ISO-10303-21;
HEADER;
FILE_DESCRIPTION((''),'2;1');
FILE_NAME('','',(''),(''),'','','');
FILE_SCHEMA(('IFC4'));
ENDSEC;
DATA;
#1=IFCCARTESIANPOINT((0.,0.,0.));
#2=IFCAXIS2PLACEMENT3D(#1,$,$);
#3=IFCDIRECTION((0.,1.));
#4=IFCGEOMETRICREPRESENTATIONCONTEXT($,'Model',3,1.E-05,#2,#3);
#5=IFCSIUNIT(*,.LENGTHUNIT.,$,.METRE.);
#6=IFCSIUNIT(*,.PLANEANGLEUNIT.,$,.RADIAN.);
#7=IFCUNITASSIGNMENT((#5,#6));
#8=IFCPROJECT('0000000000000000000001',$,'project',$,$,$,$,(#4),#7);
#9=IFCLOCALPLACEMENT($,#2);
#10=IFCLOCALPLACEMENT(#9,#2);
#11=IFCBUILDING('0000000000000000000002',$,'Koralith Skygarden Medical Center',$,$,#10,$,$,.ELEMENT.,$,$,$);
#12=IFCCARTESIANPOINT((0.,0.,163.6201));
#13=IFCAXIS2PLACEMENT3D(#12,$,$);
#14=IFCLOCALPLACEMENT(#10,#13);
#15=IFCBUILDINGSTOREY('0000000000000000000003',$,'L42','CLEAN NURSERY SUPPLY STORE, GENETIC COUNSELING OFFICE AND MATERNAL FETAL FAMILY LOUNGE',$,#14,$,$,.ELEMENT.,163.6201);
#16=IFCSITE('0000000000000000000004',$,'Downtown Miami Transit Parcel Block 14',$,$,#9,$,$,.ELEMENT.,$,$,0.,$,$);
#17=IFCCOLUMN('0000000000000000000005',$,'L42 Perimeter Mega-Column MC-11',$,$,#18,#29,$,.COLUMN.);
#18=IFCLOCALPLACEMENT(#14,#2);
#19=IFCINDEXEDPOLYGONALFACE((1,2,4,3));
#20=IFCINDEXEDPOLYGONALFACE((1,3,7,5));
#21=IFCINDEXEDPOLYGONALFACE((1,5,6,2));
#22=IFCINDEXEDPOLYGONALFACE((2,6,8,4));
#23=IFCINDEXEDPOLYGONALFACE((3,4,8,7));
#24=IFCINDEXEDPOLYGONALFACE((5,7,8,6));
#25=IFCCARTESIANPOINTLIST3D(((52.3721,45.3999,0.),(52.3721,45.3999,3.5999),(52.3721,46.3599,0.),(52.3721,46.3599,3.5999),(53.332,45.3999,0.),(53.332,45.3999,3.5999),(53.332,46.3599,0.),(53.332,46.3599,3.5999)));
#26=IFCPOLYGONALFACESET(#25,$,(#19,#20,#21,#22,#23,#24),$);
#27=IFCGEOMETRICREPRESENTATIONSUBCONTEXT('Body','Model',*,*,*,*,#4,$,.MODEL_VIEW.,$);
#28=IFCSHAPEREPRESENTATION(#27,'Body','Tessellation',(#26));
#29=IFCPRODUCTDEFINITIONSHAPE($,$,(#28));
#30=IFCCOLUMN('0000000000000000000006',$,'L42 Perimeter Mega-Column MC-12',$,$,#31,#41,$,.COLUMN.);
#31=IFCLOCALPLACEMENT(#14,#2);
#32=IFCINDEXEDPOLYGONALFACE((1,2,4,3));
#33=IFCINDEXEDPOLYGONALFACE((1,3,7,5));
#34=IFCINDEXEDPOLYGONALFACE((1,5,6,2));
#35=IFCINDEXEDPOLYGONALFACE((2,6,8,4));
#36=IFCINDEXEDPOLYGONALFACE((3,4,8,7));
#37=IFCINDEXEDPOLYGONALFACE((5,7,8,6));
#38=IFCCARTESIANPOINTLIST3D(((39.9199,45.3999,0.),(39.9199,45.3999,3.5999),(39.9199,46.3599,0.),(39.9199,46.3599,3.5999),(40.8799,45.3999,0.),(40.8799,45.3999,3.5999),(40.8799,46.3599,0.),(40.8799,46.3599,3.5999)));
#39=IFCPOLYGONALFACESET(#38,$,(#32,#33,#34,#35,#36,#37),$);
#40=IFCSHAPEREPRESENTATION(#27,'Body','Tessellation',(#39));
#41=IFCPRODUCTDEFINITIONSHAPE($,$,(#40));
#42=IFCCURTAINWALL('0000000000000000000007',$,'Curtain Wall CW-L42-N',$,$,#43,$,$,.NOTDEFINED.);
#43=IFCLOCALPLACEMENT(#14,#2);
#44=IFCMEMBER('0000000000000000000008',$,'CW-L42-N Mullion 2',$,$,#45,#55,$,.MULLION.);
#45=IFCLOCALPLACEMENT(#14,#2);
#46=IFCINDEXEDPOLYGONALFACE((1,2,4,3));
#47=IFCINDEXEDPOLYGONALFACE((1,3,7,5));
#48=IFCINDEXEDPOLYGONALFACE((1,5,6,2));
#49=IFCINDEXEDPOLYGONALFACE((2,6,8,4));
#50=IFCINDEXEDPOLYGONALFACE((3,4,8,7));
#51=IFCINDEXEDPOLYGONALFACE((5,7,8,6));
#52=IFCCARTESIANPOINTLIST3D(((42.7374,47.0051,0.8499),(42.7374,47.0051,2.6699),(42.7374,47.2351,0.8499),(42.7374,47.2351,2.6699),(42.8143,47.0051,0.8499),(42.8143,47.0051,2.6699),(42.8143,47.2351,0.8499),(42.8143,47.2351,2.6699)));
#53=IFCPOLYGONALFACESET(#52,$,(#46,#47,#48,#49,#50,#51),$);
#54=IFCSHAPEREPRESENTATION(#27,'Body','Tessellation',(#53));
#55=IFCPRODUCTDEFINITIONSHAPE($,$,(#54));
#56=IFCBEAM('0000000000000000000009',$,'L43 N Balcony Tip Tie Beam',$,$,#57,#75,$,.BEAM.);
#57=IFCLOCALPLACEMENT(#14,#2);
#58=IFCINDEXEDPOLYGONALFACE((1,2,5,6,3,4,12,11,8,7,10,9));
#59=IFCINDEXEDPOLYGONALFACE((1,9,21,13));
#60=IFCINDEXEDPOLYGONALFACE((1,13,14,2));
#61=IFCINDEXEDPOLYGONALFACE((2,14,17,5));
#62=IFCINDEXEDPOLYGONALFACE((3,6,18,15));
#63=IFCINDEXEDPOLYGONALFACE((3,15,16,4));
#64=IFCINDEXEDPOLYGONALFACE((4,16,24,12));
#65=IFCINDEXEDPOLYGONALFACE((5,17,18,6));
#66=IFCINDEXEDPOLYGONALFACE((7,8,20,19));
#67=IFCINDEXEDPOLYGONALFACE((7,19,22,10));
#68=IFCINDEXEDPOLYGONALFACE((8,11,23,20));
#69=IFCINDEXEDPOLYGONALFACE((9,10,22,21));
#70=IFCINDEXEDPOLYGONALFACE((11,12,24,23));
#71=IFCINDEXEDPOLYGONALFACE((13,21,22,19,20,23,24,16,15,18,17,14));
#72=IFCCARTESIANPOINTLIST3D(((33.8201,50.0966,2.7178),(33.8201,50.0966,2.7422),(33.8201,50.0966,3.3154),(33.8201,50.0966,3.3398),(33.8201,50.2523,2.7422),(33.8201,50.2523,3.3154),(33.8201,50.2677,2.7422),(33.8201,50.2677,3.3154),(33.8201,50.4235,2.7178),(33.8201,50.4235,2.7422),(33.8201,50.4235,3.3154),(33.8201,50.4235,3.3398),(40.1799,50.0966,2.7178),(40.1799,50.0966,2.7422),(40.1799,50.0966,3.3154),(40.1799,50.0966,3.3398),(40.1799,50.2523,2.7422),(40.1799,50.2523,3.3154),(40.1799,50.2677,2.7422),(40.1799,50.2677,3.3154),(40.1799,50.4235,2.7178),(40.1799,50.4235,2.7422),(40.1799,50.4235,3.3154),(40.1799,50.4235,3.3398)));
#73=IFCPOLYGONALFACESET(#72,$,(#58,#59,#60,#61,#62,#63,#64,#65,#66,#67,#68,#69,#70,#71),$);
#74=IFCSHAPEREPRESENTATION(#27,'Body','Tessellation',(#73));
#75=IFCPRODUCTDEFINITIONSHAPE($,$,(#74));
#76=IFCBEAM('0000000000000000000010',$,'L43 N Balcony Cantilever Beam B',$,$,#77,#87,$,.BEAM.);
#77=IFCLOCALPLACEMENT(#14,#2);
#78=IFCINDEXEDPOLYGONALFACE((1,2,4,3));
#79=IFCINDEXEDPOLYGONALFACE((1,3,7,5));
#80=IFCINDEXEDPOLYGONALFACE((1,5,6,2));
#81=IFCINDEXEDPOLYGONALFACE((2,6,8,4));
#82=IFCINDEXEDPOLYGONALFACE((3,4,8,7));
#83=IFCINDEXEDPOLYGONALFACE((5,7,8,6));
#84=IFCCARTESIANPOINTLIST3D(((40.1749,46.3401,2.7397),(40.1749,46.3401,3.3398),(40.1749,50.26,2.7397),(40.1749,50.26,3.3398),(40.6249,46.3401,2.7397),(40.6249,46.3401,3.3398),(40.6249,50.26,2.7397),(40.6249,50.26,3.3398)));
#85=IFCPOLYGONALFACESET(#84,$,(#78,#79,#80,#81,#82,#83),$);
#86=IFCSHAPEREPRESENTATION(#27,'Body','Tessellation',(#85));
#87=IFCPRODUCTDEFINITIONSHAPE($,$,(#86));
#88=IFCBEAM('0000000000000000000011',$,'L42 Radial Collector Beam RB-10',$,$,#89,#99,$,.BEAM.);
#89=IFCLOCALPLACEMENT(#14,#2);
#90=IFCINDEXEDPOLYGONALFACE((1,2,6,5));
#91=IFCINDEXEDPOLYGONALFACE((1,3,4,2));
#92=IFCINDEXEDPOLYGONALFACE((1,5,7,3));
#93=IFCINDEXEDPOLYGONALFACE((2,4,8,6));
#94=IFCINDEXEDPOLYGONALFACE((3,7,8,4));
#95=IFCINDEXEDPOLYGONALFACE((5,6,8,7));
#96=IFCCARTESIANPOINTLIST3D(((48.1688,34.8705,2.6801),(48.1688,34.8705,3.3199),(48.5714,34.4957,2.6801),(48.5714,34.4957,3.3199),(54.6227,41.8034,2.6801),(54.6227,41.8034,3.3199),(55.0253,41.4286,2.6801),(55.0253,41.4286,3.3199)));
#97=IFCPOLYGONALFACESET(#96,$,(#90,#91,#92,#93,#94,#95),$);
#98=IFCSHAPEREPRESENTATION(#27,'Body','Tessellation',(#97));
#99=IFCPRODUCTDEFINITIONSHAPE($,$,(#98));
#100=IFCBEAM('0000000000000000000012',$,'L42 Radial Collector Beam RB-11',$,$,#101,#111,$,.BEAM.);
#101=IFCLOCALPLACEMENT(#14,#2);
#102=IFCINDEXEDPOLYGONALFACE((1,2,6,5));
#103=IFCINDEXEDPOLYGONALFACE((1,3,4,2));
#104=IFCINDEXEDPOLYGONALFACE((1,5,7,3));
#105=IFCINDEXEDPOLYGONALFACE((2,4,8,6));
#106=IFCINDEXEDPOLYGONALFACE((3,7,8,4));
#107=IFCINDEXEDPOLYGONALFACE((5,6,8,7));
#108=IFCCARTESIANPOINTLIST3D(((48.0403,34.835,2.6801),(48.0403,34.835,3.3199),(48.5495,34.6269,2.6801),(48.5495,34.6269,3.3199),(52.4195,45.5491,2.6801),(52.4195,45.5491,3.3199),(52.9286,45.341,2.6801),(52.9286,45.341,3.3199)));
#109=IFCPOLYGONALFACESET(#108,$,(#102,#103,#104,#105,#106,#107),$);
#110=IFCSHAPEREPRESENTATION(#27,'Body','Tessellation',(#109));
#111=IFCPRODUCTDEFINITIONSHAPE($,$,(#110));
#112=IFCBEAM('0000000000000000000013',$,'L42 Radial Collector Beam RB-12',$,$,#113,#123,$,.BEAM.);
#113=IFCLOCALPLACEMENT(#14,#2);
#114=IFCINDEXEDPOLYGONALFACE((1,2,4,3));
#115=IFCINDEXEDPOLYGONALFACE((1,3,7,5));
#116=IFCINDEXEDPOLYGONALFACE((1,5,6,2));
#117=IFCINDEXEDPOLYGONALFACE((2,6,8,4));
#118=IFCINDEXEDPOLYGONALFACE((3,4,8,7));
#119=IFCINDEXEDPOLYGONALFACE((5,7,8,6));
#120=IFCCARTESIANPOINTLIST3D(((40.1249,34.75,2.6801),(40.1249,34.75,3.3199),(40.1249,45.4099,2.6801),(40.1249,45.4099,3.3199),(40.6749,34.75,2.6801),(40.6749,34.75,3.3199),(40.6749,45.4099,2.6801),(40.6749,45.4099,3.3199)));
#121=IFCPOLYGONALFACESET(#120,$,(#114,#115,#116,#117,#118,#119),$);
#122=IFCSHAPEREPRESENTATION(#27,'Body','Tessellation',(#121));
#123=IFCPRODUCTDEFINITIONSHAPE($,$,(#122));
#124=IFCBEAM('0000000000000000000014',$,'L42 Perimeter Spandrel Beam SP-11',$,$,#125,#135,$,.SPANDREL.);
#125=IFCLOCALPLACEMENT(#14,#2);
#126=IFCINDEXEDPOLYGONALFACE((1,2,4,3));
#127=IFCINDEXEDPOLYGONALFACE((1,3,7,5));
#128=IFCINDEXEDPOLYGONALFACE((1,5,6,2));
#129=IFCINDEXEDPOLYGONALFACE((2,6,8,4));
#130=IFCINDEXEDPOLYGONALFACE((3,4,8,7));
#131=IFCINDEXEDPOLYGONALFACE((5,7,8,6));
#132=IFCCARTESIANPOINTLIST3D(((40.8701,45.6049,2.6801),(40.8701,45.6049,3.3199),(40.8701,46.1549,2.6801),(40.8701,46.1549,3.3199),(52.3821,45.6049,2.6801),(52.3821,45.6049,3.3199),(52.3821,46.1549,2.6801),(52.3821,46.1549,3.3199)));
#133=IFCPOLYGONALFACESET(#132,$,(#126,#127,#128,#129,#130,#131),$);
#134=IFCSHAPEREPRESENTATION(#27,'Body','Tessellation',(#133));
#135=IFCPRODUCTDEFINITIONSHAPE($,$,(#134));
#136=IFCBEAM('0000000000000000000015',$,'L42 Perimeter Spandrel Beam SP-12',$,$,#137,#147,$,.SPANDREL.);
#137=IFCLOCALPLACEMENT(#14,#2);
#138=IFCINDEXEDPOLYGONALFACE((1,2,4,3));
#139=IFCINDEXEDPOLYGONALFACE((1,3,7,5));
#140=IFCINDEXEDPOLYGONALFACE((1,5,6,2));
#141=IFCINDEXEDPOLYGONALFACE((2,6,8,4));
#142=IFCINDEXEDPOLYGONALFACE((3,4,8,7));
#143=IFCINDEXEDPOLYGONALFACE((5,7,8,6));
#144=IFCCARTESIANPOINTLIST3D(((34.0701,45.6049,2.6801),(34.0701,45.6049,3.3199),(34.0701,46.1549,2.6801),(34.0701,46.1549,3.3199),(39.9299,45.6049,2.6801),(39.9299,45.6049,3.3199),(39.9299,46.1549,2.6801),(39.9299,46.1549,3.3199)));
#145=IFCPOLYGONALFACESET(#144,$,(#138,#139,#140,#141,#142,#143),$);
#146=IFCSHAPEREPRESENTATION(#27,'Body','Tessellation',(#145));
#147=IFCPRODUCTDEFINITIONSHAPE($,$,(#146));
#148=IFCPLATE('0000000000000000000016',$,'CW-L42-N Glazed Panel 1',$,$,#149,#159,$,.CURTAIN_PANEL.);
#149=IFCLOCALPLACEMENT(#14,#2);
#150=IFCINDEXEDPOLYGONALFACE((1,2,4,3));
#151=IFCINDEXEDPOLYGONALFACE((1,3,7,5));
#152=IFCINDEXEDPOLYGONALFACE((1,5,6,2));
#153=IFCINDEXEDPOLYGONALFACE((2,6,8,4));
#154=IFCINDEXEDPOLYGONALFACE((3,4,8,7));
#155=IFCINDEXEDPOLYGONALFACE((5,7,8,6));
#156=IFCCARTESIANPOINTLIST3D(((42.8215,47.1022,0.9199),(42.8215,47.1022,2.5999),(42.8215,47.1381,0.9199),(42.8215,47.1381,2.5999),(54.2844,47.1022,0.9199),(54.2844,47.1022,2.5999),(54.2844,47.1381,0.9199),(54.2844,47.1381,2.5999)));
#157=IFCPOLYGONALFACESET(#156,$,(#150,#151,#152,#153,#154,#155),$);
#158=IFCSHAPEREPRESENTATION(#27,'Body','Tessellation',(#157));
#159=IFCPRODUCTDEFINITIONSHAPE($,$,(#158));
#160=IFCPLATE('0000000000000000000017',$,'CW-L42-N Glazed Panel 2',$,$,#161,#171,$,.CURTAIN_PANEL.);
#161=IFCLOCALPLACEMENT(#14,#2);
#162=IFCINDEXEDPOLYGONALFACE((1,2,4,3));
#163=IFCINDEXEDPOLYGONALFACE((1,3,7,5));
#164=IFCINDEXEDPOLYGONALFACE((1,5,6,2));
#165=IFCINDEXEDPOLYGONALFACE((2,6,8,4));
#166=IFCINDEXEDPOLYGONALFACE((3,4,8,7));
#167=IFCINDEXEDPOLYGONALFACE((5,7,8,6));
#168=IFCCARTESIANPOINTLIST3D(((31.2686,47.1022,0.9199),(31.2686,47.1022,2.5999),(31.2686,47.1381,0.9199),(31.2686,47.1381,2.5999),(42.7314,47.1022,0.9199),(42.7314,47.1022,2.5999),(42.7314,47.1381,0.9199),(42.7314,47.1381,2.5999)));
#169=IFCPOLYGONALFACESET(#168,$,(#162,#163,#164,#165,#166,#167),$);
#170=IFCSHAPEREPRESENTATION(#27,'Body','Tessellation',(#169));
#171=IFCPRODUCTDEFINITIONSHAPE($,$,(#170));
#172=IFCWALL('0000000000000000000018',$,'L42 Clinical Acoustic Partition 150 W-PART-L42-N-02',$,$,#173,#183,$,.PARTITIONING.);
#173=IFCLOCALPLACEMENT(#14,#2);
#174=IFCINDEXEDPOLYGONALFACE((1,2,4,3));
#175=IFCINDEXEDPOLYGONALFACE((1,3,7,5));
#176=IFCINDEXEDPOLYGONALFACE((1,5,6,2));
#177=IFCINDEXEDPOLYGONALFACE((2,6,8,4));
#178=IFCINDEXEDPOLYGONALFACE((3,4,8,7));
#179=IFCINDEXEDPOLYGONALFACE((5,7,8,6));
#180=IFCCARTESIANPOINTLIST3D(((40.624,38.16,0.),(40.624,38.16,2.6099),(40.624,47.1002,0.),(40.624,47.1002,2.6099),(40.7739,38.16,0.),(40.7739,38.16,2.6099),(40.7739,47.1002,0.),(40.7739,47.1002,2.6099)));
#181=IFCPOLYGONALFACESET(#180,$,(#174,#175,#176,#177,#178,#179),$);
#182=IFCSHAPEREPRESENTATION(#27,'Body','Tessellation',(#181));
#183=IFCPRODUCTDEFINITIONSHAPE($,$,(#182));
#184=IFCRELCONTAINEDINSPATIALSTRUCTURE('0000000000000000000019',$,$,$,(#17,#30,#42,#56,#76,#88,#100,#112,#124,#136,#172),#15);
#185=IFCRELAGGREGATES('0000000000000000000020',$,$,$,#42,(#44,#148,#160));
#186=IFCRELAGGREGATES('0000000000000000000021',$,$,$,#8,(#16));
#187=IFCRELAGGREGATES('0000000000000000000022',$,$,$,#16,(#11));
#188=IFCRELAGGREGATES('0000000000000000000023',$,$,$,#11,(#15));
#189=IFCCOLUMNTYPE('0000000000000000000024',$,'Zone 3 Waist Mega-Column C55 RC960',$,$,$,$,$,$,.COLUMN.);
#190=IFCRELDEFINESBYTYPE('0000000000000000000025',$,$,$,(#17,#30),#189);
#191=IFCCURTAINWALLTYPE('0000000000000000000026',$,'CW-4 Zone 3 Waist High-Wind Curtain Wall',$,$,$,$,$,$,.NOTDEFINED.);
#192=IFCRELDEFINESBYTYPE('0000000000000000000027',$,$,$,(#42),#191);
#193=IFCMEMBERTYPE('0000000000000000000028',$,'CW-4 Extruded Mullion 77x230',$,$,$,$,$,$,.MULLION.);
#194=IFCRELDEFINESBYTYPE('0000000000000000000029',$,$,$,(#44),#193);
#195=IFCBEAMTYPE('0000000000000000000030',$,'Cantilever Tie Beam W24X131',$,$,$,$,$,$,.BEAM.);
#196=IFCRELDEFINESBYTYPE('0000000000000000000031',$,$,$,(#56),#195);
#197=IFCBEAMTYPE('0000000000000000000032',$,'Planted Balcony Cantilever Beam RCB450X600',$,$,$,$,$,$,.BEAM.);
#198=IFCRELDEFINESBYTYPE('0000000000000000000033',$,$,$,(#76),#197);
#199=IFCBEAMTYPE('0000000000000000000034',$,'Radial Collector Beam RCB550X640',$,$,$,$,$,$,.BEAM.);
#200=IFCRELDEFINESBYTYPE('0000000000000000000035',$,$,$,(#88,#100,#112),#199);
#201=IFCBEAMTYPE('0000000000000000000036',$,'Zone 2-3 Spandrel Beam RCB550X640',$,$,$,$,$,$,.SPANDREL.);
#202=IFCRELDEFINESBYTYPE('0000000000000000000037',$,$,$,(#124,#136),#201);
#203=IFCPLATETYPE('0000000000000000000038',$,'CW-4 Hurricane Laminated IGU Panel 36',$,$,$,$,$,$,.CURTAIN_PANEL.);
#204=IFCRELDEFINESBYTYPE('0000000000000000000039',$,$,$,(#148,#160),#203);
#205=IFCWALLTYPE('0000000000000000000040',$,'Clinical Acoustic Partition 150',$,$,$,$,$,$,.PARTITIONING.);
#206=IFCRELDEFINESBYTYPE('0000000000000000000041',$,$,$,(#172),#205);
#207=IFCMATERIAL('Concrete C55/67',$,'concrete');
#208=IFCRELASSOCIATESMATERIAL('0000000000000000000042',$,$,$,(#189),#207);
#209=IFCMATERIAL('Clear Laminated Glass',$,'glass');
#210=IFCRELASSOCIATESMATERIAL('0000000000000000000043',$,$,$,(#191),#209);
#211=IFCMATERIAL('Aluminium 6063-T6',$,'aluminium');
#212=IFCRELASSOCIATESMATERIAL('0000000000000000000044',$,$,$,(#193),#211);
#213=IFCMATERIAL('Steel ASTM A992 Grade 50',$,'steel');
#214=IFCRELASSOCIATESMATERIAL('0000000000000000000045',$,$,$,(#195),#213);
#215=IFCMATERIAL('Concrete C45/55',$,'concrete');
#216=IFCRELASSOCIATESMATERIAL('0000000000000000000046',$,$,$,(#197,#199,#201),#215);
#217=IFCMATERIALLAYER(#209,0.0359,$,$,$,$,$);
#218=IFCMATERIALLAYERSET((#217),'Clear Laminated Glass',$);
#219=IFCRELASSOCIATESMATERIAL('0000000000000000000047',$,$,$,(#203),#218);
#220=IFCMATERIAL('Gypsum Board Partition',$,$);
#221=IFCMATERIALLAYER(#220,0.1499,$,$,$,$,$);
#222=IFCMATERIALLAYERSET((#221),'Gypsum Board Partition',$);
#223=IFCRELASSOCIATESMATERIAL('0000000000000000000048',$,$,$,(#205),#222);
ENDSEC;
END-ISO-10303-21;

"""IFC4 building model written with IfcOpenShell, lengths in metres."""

from ifc_helpers import new_model, si_unit, direction, frame, frame_2d, origin, origin_2d, place, context, subcontext, project, spatial, rectangle, i_section, extrude, material, layer, layer_set, material_profile, profile_set, type_object, element, aggregate, save


model = new_model("IFC4")

# Units and contexts
model_context = context("Model", 3, precision=1e-05, world=origin(), true_north=direction((0.0, 1.0)))
body_context = subcontext(model_context, "Body", "Model", "MODEL_VIEW")
ifc_project = project(units=[si_unit("LENGTHUNIT", "METRE"), si_unit("PLANEANGLEUNIT", "RADIAN")], contexts=[model_context])

# Site, building, storey
site_placement = place(None, origin())
site = spatial("IfcSite", under=ifc_project, at=site_placement, Name="Downtown Miami Transit Parcel Block 14", CompositionType="ELEMENT", RefElevation=0.0)
building_placement = place(site_placement, origin())
building = spatial("IfcBuilding", under=site, at=building_placement, Name="Koralith Skygarden Medical Center", CompositionType="ELEMENT")
storey_placement = place(building_placement, frame((0.0, 0.0, 163.6201)))
storey = spatial("IfcBuildingStorey", under=building, at=storey_placement, Name="L42", Description="CLEAN NURSERY SUPPLY STORE, GENETIC COUNSELING OFFICE AND MATERNAL FETAL FAMILY LOUNGE", CompositionType="ELEMENT", Elevation=163.6201)

# Columns
ifc_material_1 = material(Name="Concrete C55/67", Category="concrete")
ifc_material_profile_1 = material_profile(ifc_material_1, rectangle(XDim=0.96, YDim=0.96, at=origin_2d()), Name="RC960X960")
ifc_profile_set_1 = profile_set([ifc_material_profile_1], Name="Concrete C55/67")
column_type = type_object("IfcColumnType", Name="Zone 3 Waist Mega-Column C55 RC960", PredefinedType="COLUMN", material=ifc_profile_set_1)
for number, where, z_axis, x_axis, name in (
    (1, (52.8521, 45.8799, 0.0), (0.0, 0.0, 1.0), (1.0, 0.0, 0.0), "L42 Perimeter Mega-Column MC-11"),
    (2, (40.3999, 45.8799, 0.0), (0.0, 0.0, 1.0), (1.0, 0.0, 0.0), "L42 Perimeter Mega-Column MC-12"),
):
    element("IfcColumn", number, at=place(storey_placement, frame(where, z_axis=z_axis, x_axis=x_axis)), inside=storey, type_object=column_type, Name=name, PredefinedType="COLUMN", context=body_context, shape_type="SweptSolid", body=[
        extrude(rectangle(XDim=0.96, YDim=0.96, at=origin_2d()), origin(), (0.0, 0.0, 1.0), 3.5999),
    ])

# Curtain wall, member
ifc_material_2 = material(Name="Clear Laminated Glass", Category="glass")
curtain_wall_type = type_object("IfcCurtainWallType", Name="CW-4 Zone 3 Waist High-Wind Curtain Wall", PredefinedType="NOTDEFINED", material=ifc_material_2)
curtain_wall_placement = place(storey_placement, origin())
curtain_wall = element("IfcCurtainWall", 3, at=curtain_wall_placement, inside=storey, type_object=curtain_wall_type, Name="Curtain Wall CW-L42-N", PredefinedType="NOTDEFINED")
ifc_material_3 = material(Name="Aluminium 6063-T6", Category="aluminium")
ifc_material_profile_2 = material_profile(ifc_material_3, rectangle(XDim=0.0769, YDim=0.23, at=origin_2d()), Name="MUL77X230")
ifc_profile_set_2 = profile_set([ifc_material_profile_2], Name="Aluminium 6063-T6")
member_type = type_object("IfcMemberType", Name="CW-4 Extruded Mullion 77x230", PredefinedType="MULLION", material=ifc_profile_set_2)
member_placement = place(storey_placement, frame((42.7759, 47.1201, 0.8499), z_axis=(0.0, 0.0, 1.0), x_axis=(1.0, 0.0, 0.0)))
member = element("IfcMember", 4, at=member_placement, type_object=member_type, Name="CW-L42-N Mullion 2", PredefinedType="MULLION", context=body_context, shape_type="SweptSolid", body=[
    extrude(rectangle(XDim=0.0769, YDim=0.23, at=origin_2d()), origin(), (0.0, 0.0, 1.0), 1.8201),
])

# Beams
ifc_material_4 = material(Name="Steel ASTM A992 Grade 50", Category="steel")
ifc_material_profile_3 = material_profile(ifc_material_4, i_section(OverallWidth=0.3269, OverallDepth=0.6221, WebThickness=0.0154, FlangeThickness=0.0244, at=origin_2d()), Name="W24X131")
ifc_profile_set_3 = profile_set([ifc_material_profile_3], Name="Steel ASTM A992 Grade 50")
beam_type_1 = type_object("IfcBeamType", Name="Cantilever Tie Beam W24X131", PredefinedType="BEAM", material=ifc_profile_set_3)
beam_1_placement = place(storey_placement, frame((33.8201, 50.26, 3.0288), z_axis=(1.0, 0.0, 0.0), x_axis=(0.0, 1.0, 0.0)))
element("IfcBeam", 5, at=beam_1_placement, inside=storey, type_object=beam_type_1, Name="L43 N Balcony Tip Tie Beam", PredefinedType="BEAM", context=body_context, shape_type="SweptSolid", body=[
    extrude(i_section(OverallWidth=0.3269, OverallDepth=0.6221, WebThickness=0.0154, FlangeThickness=0.0244, at=origin_2d()), origin(), (0.0, 0.0, 1.0), 6.3599),
])
ifc_material_5 = material(Name="Concrete C45/55", Category="concrete")
ifc_material_profile_4 = material_profile(ifc_material_5, rectangle(XDim=0.45, YDim=0.6001, at=origin_2d()), Name="RCB450X600")
ifc_profile_set_4 = profile_set([ifc_material_profile_4], Name="Concrete C45/55")
beam_type_2 = type_object("IfcBeamType", Name="Planted Balcony Cantilever Beam RCB450X600", PredefinedType="BEAM", material=ifc_profile_set_4)
beam_2_placement = place(storey_placement, frame((40.3999, 46.3401, 3.0398), z_axis=(0.0, 1.0, 0.0), x_axis=(-1.0, 0.0, 0.0)))
element("IfcBeam", 6, at=beam_2_placement, inside=storey, type_object=beam_type_2, Name="L43 N Balcony Cantilever Beam B", PredefinedType="BEAM", context=body_context, shape_type="SweptSolid", body=[
    extrude(rectangle(XDim=0.45, YDim=0.6001, at=origin_2d()), origin(), (0.0, 0.0, 1.0), 3.9199),
])
ifc_material_profile_5 = material_profile(ifc_material_5, rectangle(XDim=0.55, YDim=0.6399, at=origin_2d()), Name="RCB550X640")
ifc_profile_set_5 = profile_set([ifc_material_profile_5], Name="Concrete C45/55")
beam_type_3 = type_object("IfcBeamType", Name="Radial Collector Beam RCB550X640", PredefinedType="BEAM", material=ifc_profile_set_5)
beam_3_placement = place(storey_placement, frame((48.3701, 34.6831, 3.0), z_axis=(0.681369, 0.73194, 0.0), x_axis=(-0.73194, 0.681369, 0.0)))
element("IfcBeam", 7, at=beam_3_placement, inside=storey, type_object=beam_type_3, Name="L42 Radial Collector Beam RB-10", PredefinedType="BEAM", context=body_context, shape_type="SweptSolid", body=[
    extrude(rectangle(XDim=0.55, YDim=0.6399, at=origin_2d()), origin(), (0.0, 0.0, 1.0), 9.4719),
])
beam_4_placement = place(storey_placement, frame((48.2949, 34.731, 3.0), z_axis=(0.378345, 0.925665, 0.0), x_axis=(-0.925665, 0.378345, 0.0)))
element("IfcBeam", 8, at=beam_4_placement, inside=storey, type_object=beam_type_3, Name="L42 Radial Collector Beam RB-11", PredefinedType="BEAM", context=body_context, shape_type="SweptSolid", body=[
    extrude(rectangle(XDim=0.55, YDim=0.6399, at=origin_2d()), origin(), (0.0, 0.0, 1.0), 11.5745),
])
beam_5_placement = place(storey_placement, frame((40.3999, 34.75, 3.0), z_axis=(0.0, 1.0, 0.0), x_axis=(-1.0, 0.0, 0.0)))
element("IfcBeam", 9, at=beam_5_placement, inside=storey, type_object=beam_type_3, Name="L42 Radial Collector Beam RB-12", PredefinedType="BEAM", context=body_context, shape_type="SweptSolid", body=[
    extrude(rectangle(XDim=0.55, YDim=0.6399, at=origin_2d()), origin(), (0.0, 0.0, 1.0), 10.6599),
])
ifc_material_profile_6 = material_profile(ifc_material_5, rectangle(XDim=0.55, YDim=0.6399, at=origin_2d()), Name="RCB550X640")
ifc_profile_set_6 = profile_set([ifc_material_profile_6], Name="Concrete C45/55")
beam_type_4 = type_object("IfcBeamType", Name="Zone 2-3 Spandrel Beam RCB550X640", PredefinedType="SPANDREL", material=ifc_profile_set_6)
beam_6_placement = place(storey_placement, frame((52.3821, 45.8799, 3.0), z_axis=(-1.0, 0.0, 0.0), x_axis=(0.0, -1.0, 0.0)))
element("IfcBeam", 10, at=beam_6_placement, inside=storey, type_object=beam_type_4, Name="L42 Perimeter Spandrel Beam SP-11", PredefinedType="SPANDREL", context=body_context, shape_type="SweptSolid", body=[
    extrude(rectangle(XDim=0.55, YDim=0.6399, at=origin_2d()), origin(), (0.0, 0.0, 1.0), 11.512),
])
beam_7_placement = place(storey_placement, frame((39.9299, 45.8799, 3.0), z_axis=(-1.0, 0.0, 0.0), x_axis=(0.0, -1.0, 0.0)))
element("IfcBeam", 11, at=beam_7_placement, inside=storey, type_object=beam_type_4, Name="L42 Perimeter Spandrel Beam SP-12", PredefinedType="SPANDREL", context=body_context, shape_type="SweptSolid", body=[
    extrude(rectangle(XDim=0.55, YDim=0.6399, at=origin_2d()), origin(), (0.0, 0.0, 1.0), 5.8599),
])

# Plates
ifc_layer_1 = layer(ifc_material_2, 0.0359)
ifc_layer_set_1 = layer_set([ifc_layer_1], Name="Clear Laminated Glass")
plate_type = type_object("IfcPlateType", Name="CW-4 Hurricane Laminated IGU Panel 36", PredefinedType="CURTAIN_PANEL", material=ifc_layer_set_1)
plate_1_placement = place(storey_placement, frame((48.553, 47.1201, 0.9199), z_axis=(0.0, 0.0, 1.0), x_axis=(-1.0, 0.0, 0.0)))
plate_1 = element("IfcPlate", 12, at=plate_1_placement, type_object=plate_type, Name="CW-L42-N Glazed Panel 1", PredefinedType="CURTAIN_PANEL", context=body_context, shape_type="SweptSolid", body=[
    extrude(rectangle(XDim=11.4629, YDim=0.0359, at=origin_2d()), origin(), (0.0, 0.0, 1.0), 1.6799),
])
plate_2_placement = place(storey_placement, frame((37.0, 47.1201, 0.9199), z_axis=(0.0, 0.0, 1.0), x_axis=(-1.0, 0.0, 0.0)))
plate_2 = element("IfcPlate", 13, at=plate_2_placement, type_object=plate_type, Name="CW-L42-N Glazed Panel 2", PredefinedType="CURTAIN_PANEL", context=body_context, shape_type="SweptSolid", body=[
    extrude(rectangle(XDim=11.4629, YDim=0.0359, at=origin_2d()), origin(), (0.0, 0.0, 1.0), 1.6799),
])
aggregate(curtain_wall, [member, plate_1, plate_2])

# Wall
ifc_material_6 = material(Name="Gypsum Board Partition")
ifc_layer_2 = layer(ifc_material_6, 0.1499)
ifc_layer_set_2 = layer_set([ifc_layer_2], Name="Gypsum Board Partition")
wall_type_1 = type_object("IfcWallType", Name="Clinical Acoustic Partition 150", PredefinedType="PARTITIONING", material=ifc_layer_set_2)
wall_1_placement = place(storey_placement, frame((40.699, 38.1599, 0.0), z_axis=(0.0, 0.0, 1.0), x_axis=(0.0, 1.0, 0.0)))
element("IfcWall", 14, at=wall_1_placement, inside=storey, type_object=wall_type_1, Name="L42 Clinical Acoustic Partition 150 W-PART-L42-N-02", PredefinedType="PARTITIONING", context=body_context, shape_type="SweptSolid", body=[
    extrude(rectangle(XDim=8.9402, YDim=0.1499, at=frame_2d((4.4702, 0.0))), origin(), (0.0, 0.0, 1.0), 2.6099),
])

save(model, "model.ifc")
